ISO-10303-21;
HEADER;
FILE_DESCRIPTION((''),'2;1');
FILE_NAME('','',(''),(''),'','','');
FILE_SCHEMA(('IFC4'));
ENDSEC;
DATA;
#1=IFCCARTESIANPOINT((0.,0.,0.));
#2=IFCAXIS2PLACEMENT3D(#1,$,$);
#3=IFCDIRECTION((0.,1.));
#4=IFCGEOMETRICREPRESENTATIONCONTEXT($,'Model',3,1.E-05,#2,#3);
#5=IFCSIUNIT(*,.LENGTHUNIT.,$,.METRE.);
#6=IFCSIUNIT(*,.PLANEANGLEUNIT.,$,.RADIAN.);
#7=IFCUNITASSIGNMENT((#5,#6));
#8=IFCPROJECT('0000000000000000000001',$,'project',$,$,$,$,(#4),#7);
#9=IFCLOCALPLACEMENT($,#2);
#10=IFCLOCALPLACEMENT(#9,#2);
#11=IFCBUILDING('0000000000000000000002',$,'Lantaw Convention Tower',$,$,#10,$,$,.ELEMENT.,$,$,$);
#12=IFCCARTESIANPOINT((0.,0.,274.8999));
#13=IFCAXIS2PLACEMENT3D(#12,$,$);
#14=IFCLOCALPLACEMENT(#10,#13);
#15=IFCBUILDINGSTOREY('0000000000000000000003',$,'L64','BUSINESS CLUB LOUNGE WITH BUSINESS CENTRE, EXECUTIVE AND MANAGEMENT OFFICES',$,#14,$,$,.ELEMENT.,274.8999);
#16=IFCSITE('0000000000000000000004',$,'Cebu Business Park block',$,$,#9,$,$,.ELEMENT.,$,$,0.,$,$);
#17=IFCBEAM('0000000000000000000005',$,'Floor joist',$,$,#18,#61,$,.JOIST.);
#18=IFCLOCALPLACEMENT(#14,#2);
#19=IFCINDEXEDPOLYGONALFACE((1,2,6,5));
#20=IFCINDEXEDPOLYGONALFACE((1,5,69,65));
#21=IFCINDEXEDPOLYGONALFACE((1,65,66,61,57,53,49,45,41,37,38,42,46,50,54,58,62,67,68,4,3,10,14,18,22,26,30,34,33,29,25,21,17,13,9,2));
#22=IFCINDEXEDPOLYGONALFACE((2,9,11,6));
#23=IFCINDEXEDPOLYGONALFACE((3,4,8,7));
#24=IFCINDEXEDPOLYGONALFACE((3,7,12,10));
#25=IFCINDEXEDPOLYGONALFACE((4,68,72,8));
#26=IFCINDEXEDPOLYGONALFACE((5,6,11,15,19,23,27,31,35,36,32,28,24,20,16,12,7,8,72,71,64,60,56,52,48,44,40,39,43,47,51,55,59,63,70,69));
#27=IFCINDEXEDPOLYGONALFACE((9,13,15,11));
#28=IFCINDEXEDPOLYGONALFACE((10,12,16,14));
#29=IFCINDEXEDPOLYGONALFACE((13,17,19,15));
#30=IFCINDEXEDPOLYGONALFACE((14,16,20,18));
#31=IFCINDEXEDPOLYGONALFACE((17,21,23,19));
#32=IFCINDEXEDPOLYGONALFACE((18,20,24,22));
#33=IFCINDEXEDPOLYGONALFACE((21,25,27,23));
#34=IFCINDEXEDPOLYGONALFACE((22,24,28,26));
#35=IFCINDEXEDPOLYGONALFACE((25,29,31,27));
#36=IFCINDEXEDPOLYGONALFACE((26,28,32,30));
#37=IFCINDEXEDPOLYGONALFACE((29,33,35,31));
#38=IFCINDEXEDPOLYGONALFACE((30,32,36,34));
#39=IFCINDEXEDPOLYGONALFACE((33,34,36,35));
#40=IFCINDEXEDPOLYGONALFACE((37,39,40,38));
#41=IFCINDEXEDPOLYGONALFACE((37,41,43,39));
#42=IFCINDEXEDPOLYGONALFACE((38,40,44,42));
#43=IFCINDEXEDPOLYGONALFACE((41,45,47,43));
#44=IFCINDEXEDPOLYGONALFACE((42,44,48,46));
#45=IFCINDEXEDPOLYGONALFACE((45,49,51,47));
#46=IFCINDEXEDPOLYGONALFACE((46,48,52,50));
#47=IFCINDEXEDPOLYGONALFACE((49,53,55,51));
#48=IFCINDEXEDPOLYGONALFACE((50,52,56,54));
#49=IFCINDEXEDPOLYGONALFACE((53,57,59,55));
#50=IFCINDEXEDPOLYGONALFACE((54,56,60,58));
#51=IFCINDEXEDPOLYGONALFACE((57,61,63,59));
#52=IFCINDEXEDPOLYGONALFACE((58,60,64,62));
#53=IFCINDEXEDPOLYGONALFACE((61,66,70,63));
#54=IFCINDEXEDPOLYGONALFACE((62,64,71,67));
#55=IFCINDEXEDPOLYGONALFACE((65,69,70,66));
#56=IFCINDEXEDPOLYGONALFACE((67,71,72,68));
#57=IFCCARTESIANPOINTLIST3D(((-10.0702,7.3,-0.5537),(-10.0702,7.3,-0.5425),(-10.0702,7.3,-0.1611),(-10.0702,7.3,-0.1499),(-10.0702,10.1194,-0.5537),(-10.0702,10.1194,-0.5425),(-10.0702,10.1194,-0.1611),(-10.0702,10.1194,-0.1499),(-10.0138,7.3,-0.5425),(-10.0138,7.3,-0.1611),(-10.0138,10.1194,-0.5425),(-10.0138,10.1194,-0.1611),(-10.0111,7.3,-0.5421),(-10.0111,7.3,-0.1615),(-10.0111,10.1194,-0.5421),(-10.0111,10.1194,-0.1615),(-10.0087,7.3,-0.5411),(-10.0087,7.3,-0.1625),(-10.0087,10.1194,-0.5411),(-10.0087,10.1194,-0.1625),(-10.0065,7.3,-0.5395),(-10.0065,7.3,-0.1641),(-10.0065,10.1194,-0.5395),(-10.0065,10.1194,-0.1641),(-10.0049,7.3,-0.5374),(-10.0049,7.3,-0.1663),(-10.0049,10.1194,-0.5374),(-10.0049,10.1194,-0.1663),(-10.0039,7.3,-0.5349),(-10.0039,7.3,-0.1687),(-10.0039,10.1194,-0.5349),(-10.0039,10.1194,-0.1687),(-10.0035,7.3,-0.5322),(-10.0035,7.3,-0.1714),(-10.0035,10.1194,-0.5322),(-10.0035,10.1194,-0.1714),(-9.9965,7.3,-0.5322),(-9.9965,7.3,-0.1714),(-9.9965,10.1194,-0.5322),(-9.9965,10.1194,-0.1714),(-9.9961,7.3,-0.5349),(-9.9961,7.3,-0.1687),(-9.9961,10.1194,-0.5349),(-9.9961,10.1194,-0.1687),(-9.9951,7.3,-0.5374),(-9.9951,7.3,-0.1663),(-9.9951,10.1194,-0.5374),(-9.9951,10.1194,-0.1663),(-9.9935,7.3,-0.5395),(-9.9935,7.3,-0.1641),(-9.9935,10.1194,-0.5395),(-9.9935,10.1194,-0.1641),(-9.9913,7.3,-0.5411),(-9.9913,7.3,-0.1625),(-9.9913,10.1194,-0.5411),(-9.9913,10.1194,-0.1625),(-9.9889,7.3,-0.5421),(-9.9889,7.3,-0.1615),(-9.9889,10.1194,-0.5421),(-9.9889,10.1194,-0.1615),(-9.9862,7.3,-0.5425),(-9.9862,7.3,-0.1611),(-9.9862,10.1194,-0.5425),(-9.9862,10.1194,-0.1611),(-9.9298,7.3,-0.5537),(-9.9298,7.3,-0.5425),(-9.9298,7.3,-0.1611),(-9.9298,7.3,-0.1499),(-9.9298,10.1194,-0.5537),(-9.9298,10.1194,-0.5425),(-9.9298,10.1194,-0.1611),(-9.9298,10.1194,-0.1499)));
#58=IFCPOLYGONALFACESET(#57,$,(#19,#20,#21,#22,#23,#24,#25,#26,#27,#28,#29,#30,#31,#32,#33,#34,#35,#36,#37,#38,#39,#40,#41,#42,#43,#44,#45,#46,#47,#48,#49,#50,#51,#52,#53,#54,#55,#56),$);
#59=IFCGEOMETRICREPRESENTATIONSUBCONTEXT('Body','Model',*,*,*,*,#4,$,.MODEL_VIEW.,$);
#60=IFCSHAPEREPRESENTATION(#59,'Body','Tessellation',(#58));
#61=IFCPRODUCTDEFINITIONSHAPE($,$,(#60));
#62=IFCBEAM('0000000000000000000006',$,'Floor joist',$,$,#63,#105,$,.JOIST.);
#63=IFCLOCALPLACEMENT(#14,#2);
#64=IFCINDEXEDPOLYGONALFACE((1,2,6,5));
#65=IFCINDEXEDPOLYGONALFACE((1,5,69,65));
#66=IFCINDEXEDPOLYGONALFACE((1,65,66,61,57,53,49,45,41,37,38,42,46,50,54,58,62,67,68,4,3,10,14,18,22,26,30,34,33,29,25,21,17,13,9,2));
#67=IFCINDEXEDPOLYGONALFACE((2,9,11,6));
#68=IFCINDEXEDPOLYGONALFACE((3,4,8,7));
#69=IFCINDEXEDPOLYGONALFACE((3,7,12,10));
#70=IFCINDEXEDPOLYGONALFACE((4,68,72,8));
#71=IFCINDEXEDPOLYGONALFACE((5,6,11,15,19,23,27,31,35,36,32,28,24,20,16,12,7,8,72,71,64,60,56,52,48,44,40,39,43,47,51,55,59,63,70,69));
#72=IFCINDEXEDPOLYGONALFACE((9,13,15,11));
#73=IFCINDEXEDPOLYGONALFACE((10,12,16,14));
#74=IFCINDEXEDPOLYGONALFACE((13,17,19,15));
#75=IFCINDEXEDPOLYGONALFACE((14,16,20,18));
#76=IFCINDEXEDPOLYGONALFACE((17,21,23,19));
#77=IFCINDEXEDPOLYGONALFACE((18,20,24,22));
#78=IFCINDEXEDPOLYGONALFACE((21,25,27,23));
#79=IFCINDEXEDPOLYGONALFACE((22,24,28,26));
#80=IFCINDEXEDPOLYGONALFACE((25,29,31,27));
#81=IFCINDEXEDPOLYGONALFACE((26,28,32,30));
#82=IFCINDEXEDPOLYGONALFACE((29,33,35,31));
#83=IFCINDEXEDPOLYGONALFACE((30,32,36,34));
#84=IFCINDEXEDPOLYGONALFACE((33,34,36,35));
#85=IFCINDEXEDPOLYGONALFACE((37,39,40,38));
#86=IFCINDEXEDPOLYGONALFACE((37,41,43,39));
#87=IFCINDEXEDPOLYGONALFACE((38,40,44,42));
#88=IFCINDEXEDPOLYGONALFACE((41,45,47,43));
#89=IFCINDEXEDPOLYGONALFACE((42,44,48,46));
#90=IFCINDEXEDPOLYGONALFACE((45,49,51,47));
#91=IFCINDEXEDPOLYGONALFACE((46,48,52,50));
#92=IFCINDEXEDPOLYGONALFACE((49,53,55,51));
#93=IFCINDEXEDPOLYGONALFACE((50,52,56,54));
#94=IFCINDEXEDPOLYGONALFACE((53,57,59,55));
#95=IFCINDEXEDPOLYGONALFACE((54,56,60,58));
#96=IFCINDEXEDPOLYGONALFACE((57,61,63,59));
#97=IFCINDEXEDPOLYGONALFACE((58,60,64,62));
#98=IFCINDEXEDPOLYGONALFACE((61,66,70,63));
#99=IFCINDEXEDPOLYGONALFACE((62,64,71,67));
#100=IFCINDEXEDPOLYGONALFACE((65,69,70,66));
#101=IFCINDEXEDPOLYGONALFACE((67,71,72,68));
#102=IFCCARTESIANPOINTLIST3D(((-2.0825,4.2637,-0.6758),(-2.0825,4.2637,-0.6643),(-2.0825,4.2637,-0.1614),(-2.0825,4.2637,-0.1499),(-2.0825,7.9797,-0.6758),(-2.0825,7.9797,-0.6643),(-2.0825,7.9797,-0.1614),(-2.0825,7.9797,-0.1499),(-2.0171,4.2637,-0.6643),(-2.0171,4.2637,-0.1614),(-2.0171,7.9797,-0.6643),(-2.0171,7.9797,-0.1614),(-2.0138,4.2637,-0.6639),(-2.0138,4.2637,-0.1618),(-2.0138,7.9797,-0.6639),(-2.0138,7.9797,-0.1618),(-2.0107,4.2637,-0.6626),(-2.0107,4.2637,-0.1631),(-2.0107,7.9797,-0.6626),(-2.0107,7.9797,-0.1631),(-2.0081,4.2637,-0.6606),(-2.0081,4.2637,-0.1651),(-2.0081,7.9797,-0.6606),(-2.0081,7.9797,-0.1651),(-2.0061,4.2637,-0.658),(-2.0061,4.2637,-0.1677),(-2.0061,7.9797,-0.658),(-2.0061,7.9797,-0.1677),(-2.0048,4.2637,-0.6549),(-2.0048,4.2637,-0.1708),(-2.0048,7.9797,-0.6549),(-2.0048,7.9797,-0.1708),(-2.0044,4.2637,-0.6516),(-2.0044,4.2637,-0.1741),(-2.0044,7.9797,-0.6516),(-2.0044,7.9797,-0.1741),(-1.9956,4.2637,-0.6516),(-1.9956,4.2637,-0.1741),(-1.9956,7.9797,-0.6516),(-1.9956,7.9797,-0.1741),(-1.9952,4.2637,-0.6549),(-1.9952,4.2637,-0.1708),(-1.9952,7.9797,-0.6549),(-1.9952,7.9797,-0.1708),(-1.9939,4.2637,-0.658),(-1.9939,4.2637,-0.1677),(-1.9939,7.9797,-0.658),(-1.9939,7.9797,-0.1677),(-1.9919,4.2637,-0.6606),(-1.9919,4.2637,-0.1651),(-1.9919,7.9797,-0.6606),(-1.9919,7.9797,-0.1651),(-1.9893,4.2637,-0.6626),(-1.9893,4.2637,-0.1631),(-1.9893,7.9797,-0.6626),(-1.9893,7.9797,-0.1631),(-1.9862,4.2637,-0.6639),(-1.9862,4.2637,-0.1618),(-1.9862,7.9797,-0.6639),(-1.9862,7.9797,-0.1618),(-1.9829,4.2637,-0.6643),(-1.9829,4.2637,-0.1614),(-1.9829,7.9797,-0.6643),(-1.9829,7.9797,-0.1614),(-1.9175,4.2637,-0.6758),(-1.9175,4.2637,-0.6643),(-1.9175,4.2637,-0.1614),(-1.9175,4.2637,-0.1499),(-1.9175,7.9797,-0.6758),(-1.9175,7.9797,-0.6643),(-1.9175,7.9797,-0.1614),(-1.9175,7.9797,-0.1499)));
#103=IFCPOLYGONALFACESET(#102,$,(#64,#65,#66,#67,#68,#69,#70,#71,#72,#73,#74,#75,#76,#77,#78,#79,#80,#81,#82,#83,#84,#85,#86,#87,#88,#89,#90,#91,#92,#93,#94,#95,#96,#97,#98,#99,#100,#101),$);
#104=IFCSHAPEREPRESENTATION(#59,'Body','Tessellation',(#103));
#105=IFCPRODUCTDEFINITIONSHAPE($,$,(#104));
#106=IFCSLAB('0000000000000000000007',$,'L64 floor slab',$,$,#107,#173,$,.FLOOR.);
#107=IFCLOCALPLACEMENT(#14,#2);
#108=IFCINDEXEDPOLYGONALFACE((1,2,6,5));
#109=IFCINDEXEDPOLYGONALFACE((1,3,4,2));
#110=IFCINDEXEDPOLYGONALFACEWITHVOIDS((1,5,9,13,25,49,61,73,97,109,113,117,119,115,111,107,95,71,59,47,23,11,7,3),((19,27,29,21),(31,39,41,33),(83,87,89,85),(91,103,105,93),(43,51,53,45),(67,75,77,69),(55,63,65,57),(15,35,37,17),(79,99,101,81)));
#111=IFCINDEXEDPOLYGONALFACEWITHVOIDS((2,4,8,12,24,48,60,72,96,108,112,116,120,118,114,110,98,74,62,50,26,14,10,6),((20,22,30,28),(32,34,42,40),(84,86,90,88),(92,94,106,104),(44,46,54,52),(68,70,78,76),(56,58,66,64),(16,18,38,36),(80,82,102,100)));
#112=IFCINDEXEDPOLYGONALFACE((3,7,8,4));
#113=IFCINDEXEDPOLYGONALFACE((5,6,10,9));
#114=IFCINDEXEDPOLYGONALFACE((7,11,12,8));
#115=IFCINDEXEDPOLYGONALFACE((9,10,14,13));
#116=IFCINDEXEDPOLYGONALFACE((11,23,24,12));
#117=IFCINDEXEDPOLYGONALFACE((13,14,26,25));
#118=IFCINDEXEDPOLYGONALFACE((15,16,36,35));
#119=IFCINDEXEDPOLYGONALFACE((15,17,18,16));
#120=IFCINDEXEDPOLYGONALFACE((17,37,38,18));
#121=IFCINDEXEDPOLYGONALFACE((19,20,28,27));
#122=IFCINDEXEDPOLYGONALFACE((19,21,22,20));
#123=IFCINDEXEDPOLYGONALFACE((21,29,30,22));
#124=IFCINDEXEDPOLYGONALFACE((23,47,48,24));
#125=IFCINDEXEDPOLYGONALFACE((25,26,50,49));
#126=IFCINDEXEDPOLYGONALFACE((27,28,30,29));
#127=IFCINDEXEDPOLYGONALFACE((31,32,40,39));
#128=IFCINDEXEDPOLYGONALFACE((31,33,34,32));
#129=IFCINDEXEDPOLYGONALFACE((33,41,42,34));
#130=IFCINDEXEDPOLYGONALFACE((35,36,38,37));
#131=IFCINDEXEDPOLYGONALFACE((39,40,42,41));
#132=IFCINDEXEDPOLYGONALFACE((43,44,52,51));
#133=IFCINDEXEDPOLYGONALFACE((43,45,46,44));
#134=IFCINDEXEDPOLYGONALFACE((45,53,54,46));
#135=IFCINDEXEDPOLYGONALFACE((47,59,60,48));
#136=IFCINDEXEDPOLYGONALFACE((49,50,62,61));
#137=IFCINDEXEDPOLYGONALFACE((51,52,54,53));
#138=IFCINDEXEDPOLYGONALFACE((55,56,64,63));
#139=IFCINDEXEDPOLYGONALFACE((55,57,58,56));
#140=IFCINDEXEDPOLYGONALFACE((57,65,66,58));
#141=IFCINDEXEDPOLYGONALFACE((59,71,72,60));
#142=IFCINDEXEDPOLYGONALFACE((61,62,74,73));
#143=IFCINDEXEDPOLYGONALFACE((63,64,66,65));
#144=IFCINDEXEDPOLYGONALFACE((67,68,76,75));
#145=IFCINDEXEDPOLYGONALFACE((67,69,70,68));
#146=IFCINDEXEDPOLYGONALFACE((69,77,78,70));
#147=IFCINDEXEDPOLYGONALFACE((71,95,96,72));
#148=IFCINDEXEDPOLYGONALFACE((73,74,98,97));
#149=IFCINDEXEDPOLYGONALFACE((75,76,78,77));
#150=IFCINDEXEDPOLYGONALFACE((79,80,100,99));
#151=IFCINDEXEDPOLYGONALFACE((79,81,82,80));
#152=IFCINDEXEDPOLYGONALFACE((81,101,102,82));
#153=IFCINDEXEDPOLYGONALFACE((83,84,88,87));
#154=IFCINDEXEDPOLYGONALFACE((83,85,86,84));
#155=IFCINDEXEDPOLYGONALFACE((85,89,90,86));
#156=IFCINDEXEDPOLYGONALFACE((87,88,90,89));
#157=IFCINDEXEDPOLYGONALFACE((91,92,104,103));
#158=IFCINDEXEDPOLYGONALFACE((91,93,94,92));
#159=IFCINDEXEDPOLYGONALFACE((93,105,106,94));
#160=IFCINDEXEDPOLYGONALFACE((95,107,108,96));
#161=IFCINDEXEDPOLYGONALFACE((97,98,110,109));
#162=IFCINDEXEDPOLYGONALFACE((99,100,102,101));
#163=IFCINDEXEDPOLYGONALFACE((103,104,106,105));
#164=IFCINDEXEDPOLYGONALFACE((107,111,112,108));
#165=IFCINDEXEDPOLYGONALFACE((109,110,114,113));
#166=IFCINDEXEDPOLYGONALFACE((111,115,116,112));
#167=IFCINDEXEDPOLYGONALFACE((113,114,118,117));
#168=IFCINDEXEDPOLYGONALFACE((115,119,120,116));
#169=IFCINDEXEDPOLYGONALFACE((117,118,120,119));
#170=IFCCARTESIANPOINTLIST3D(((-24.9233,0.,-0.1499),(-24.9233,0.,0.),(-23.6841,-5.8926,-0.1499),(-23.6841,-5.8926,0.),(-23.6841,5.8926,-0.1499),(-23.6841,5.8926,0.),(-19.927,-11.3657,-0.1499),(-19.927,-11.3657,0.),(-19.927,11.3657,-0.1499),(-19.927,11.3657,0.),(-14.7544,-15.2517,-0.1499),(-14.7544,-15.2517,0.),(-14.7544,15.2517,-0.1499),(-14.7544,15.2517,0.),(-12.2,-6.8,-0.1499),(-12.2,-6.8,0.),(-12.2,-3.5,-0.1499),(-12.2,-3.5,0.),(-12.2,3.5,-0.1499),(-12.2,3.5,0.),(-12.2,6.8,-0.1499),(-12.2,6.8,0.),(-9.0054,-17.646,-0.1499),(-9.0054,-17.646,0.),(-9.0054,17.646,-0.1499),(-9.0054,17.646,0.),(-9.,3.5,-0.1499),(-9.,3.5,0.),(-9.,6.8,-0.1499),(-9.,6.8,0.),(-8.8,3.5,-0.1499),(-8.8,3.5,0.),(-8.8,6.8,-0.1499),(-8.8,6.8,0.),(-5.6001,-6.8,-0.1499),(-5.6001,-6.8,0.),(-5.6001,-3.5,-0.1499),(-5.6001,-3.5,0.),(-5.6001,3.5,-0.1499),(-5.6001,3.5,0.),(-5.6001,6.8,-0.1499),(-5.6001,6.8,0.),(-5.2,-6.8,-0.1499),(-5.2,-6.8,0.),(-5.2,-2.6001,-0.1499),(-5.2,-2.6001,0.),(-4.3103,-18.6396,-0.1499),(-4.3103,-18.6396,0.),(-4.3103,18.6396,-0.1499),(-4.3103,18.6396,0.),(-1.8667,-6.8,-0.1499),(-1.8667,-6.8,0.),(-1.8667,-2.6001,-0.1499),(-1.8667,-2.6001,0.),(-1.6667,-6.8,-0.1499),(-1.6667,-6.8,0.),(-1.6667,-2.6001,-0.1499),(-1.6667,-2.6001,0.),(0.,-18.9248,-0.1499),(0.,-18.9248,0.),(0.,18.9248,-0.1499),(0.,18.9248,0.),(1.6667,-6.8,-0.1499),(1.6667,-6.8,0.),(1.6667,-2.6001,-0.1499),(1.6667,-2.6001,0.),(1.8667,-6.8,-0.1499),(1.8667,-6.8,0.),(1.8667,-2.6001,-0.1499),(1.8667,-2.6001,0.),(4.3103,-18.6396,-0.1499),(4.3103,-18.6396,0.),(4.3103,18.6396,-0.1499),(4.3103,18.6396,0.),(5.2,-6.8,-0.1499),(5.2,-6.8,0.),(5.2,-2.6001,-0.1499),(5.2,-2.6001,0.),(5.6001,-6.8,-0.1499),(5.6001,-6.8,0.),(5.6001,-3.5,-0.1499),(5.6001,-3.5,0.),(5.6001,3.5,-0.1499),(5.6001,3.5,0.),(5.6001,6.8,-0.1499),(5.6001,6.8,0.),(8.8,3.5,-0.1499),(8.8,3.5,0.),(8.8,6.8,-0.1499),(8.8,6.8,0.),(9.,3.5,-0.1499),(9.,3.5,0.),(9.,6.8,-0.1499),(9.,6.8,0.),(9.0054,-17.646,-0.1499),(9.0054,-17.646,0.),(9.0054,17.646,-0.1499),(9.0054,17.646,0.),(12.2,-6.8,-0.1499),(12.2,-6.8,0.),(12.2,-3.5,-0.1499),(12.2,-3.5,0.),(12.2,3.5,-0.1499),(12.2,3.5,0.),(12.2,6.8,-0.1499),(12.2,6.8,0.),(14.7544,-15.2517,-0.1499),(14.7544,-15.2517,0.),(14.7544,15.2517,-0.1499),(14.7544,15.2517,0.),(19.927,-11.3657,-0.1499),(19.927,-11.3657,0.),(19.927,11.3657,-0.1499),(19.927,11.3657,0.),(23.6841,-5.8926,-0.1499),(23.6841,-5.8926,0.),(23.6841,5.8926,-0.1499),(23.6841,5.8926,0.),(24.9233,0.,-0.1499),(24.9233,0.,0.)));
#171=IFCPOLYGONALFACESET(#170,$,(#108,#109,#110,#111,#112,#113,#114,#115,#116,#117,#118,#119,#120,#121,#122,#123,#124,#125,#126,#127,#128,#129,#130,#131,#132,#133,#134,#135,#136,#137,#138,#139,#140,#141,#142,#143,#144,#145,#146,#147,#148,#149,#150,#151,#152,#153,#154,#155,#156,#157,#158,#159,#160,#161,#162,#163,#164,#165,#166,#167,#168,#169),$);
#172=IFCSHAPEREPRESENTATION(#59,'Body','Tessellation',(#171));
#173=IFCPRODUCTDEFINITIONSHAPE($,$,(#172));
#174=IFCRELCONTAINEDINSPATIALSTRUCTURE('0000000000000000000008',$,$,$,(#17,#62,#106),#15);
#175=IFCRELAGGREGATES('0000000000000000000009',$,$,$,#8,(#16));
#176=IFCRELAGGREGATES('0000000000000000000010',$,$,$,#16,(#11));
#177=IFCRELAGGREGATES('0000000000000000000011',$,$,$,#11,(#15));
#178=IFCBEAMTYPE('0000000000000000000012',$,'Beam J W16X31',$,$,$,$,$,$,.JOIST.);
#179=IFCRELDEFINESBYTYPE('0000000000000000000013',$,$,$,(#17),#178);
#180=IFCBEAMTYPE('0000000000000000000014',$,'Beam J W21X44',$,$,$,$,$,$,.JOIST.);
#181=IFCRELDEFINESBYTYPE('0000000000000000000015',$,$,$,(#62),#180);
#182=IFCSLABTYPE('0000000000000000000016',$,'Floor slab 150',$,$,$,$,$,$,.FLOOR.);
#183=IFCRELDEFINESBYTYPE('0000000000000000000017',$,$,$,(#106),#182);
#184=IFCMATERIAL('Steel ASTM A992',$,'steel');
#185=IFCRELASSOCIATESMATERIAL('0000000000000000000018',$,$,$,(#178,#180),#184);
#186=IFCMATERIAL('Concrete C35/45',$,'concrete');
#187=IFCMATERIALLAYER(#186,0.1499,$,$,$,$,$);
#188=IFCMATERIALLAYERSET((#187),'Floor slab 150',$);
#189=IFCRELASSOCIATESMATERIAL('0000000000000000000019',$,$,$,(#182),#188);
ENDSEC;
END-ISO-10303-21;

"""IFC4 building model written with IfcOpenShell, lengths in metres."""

from ifc_helpers import new_model, si_unit, direction, frame, origin, origin_2d, place, context, subcontext, project, spatial, polyline, i_section, outline, extrude, material, layer, layer_set, material_profile, profile_set, type_object, element, save


model = new_model("IFC4")

# Units and contexts
model_context = context("Model", 3, precision=1e-05, world=origin(), true_north=direction((0.0, 1.0)))
body_context = subcontext(model_context, "Body", "Model", "MODEL_VIEW")
ifc_project = project(units=[si_unit("LENGTHUNIT", "METRE"), si_unit("PLANEANGLEUNIT", "RADIAN")], contexts=[model_context])

# Site, building, storey
site_placement = place(None, origin())
site = spatial("IfcSite", under=ifc_project, at=site_placement, Name="Cebu Business Park block", CompositionType="ELEMENT", RefElevation=0.0)
building_placement = place(site_placement, origin())
building = spatial("IfcBuilding", under=site, at=building_placement, Name="Lantaw Convention Tower", CompositionType="ELEMENT")
storey_placement = place(building_placement, frame((0.0, 0.0, 274.8999)))
storey = spatial("IfcBuildingStorey", under=building, at=storey_placement, Name="L64", Description="BUSINESS CLUB LOUNGE WITH BUSINESS CENTRE, EXECUTIVE AND MANAGEMENT OFFICES", CompositionType="ELEMENT", Elevation=274.8999)

# Beams
ifc_material_1 = material(Name="Steel ASTM A992", Category="steel")
ifc_material_profile_1 = material_profile(ifc_material_1, i_section(OverallWidth=0.1404, OverallDepth=0.4038, WebThickness=0.0071, FlangeThickness=0.0112, FilletRadius=0.0103, at=origin_2d()), Name="W16X31")
ifc_profile_set_1 = profile_set([ifc_material_profile_1], Name="Steel ASTM A992")
beam_type_1 = type_object("IfcBeamType", Name="Beam J W16X31", PredefinedType="JOIST", material=ifc_profile_set_1)
beam_1_placement = place(storey_placement, frame((-10.0, 7.3, -0.3518), z_axis=(0.0, 1.0, 0.0), x_axis=(-1.0, 0.0, 0.0)))
element("IfcBeam", 1, at=beam_1_placement, inside=storey, type_object=beam_type_1, Name="Floor joist", PredefinedType="JOIST", context=body_context, shape_type="SweptSolid", body=[
    extrude(i_section(OverallWidth=0.1404, OverallDepth=0.4038, WebThickness=0.0071, FlangeThickness=0.0112, FilletRadius=0.0103, at=origin_2d()), origin(), (0.0, 0.0, 1.0), 2.8193),
])
ifc_material_profile_2 = material_profile(ifc_material_1, i_section(OverallWidth=0.165, OverallDepth=0.5259, WebThickness=0.0088, FlangeThickness=0.0115, FilletRadius=0.0127, at=origin_2d()), Name="W21X44")
ifc_profile_set_2 = profile_set([ifc_material_profile_2], Name="Steel ASTM A992")
beam_type_2 = type_object("IfcBeamType", Name="Beam J W21X44", PredefinedType="JOIST", material=ifc_profile_set_2)
beam_2_placement = place(storey_placement, frame((-2.0, 4.2637, -0.4128), z_axis=(0.0, 1.0, 0.0), x_axis=(-1.0, 0.0, 0.0)))
element("IfcBeam", 2, at=beam_2_placement, inside=storey, type_object=beam_type_2, Name="Floor joist", PredefinedType="JOIST", context=body_context, shape_type="SweptSolid", body=[
    extrude(i_section(OverallWidth=0.165, OverallDepth=0.5259, WebThickness=0.0088, FlangeThickness=0.0115, FilletRadius=0.0127, at=origin_2d()), origin(), (0.0, 0.0, 1.0), 3.7161),
])

# Slab
ifc_material_2 = material(Name="Concrete C35/45", Category="concrete")
ifc_layer_1 = layer(ifc_material_2, 0.1499)
ifc_layer_set_1 = layer_set([ifc_layer_1], Name="Floor slab 150")
slab_type = type_object("IfcSlabType", Name="Floor slab 150", PredefinedType="FLOOR", material=ifc_layer_set_1)
slab_placement = place(storey_placement, frame((0.0, 0.0, -0.1499)))
element("IfcSlab", 3, at=slab_placement, inside=storey, type_object=slab_type, Name="L64 floor slab", PredefinedType="FLOOR", context=body_context, shape_type="SweptSolid", body=[
    extrude(outline(polyline([(23.6841, -5.8926), (24.9233, 0.0), (23.6841, 5.8926), (19.927, 11.3657), (14.7544, 15.2517), (9.0054, 17.646), (4.3103, 18.6396), (0.0, 18.9248), (-4.3103, 18.6396), (-9.0054, 17.646), (-14.7544, 15.2517), (-19.927, 11.3657), (-23.6841, 5.8926), (-24.9233, 0.0), (-23.6841, -5.8926), (-19.927, -11.3657), (-14.7544, -15.2517), (-9.0054, -17.646), (-4.3103, -18.6396), (0.0, -18.9248), (4.3103, -18.6396), (9.0054, -17.646), (14.7544, -15.2517), (19.927, -11.3657), (23.6841, -5.8926)]), holes=[polyline([(-5.6001, -3.5), (-12.2, -3.5), (-12.2, -6.8), (-5.6001, -6.8), (-5.6001, -3.5)]), polyline([(12.2, -3.5), (5.6001, -3.5), (5.6001, -6.8), (12.2, -6.8), (12.2, -3.5)]), polyline([(-1.8667, -2.6001), (-5.2, -2.6001), (-5.2, -6.8), (-1.8667, -6.8), (-1.8667, -2.6001)]), polyline([(1.6667, -2.6001), (-1.6667, -2.6001), (-1.6667, -6.8), (1.6667, -6.8), (1.6667, -2.6001)]), polyline([(5.2, -2.6001), (1.8667, -2.6001), (1.8667, -6.8), (5.2, -6.8), (5.2, -2.6001)]), polyline([(-9.0, 6.8), (-12.2, 6.8), (-12.2, 3.5), (-9.0, 3.5), (-9.0, 6.8)]), polyline([(-5.6001, 6.8), (-8.8, 6.8), (-8.8, 3.5), (-5.6001, 3.5), (-5.6001, 6.8)]), polyline([(8.8, 3.5), (8.8, 6.8), (5.6001, 6.8), (5.6001, 3.5), (8.8, 3.5)]), polyline([(12.2, 3.5), (12.2, 6.8), (9.0, 6.8), (9.0, 3.5), (12.2, 3.5)])]), origin(), (0.0, 0.0, 1.0), 0.1499),
])

save(model, "model.ifc")
